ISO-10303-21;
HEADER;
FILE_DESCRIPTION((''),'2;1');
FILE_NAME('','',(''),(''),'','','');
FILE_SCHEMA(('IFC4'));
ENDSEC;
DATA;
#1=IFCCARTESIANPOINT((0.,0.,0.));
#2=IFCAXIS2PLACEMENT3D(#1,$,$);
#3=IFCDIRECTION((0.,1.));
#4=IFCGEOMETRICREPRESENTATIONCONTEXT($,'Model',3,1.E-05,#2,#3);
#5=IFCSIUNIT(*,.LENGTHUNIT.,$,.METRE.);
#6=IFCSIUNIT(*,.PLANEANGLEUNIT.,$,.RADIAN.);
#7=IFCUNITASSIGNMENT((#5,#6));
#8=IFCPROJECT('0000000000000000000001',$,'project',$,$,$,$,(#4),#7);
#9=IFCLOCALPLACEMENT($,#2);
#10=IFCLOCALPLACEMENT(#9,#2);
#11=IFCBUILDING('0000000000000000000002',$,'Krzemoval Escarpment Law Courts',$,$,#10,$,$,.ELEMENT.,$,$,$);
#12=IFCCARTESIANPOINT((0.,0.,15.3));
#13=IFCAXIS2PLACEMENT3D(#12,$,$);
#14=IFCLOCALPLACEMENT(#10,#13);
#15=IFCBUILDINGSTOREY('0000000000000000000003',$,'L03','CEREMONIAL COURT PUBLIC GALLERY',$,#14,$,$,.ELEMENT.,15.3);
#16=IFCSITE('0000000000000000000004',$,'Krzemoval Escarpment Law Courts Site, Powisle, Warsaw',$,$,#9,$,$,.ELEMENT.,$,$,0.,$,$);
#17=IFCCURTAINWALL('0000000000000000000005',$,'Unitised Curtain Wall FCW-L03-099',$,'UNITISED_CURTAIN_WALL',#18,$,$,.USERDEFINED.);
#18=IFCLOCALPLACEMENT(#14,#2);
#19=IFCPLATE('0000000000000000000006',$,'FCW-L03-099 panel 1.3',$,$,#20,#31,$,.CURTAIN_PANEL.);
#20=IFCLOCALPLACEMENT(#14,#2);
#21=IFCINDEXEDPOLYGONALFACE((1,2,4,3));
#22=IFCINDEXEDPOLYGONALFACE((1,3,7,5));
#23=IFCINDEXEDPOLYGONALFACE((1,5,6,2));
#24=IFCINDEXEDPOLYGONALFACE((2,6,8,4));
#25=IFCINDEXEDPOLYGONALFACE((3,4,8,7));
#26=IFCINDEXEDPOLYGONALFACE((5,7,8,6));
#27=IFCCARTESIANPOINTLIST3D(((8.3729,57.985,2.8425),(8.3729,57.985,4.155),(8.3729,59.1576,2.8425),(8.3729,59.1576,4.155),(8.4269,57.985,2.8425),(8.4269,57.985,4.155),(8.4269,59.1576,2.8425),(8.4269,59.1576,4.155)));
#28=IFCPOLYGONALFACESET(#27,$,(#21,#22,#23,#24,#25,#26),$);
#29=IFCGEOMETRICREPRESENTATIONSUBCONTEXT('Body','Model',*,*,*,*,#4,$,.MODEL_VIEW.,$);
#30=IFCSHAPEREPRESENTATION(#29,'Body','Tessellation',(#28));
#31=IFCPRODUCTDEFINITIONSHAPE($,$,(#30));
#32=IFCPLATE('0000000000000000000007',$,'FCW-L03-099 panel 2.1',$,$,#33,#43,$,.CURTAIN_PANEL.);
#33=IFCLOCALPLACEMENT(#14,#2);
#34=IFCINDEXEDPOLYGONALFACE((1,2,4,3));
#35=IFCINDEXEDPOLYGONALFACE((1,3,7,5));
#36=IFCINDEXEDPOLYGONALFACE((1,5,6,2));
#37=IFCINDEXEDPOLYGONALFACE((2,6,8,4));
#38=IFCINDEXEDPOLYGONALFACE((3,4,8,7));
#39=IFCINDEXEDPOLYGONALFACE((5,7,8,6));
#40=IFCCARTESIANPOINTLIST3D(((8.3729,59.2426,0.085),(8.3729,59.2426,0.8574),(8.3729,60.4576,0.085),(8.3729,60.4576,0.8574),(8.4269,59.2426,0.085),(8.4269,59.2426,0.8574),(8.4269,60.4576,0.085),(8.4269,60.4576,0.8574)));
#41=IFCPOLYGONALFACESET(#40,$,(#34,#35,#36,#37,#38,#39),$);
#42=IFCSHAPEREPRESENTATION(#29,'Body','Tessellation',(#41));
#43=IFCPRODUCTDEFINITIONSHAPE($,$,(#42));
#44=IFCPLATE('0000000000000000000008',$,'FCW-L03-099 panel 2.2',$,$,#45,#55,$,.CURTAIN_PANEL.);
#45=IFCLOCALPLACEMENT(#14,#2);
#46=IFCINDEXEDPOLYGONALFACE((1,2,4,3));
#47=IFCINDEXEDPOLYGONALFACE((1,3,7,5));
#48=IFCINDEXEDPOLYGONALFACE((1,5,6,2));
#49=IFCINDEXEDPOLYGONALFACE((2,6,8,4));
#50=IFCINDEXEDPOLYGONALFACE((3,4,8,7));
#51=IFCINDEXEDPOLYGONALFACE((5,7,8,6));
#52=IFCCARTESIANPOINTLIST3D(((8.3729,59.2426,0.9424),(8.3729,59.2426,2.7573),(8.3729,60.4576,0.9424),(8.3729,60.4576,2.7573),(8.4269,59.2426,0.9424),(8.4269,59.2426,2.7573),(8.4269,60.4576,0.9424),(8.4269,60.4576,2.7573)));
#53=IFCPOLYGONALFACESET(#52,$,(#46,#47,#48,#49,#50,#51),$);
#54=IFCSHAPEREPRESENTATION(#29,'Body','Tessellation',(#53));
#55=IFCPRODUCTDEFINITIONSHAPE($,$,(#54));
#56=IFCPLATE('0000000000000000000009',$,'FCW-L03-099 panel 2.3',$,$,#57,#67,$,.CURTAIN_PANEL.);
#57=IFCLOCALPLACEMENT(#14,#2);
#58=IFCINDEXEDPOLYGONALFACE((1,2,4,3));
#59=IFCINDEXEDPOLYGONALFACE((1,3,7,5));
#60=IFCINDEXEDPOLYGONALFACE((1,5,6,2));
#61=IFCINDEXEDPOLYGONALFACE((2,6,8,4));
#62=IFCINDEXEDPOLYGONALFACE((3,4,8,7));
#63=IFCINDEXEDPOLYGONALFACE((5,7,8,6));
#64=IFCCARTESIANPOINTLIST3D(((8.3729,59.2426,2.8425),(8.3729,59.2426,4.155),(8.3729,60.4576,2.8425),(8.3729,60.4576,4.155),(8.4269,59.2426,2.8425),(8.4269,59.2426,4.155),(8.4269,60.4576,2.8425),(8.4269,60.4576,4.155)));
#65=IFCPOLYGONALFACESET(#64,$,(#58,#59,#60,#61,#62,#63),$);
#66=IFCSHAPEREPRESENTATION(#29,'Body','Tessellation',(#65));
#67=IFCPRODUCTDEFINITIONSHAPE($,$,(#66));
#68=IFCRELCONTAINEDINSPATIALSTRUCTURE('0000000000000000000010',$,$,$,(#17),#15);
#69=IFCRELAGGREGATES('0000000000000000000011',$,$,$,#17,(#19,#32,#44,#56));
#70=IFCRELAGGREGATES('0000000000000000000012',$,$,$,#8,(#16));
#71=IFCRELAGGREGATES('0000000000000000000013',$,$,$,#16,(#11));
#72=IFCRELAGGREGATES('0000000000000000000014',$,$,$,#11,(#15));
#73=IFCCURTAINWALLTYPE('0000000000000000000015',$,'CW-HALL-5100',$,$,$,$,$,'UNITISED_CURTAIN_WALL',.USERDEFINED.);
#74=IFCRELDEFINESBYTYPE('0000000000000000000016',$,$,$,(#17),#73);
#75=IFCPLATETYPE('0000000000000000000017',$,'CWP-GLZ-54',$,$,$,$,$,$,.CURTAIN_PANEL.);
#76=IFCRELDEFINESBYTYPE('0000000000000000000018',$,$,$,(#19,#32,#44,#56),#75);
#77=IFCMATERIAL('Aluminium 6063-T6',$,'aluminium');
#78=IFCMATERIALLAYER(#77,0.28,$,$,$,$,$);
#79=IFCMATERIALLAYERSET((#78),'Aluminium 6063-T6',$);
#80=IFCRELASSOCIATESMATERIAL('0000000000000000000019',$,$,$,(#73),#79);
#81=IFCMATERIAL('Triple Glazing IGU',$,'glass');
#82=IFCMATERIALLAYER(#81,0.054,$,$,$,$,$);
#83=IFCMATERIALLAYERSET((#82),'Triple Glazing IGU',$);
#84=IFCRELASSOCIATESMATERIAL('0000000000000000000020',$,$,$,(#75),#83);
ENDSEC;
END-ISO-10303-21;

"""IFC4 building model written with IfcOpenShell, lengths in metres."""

from ifc_helpers import new_model, si_unit, direction, frame, origin, origin_2d, place, context, subcontext, project, spatial, rectangle, extrude, material, layer, layer_set, type_object, element, aggregate, save


model = new_model("IFC4")

# Units and contexts
model_context = context("Model", 3, precision=1e-05, world=origin(), true_north=direction((0.0, 1.0)))
body_context = subcontext(model_context, "Body", "Model", "MODEL_VIEW")
ifc_project = project(units=[si_unit("LENGTHUNIT", "METRE"), si_unit("PLANEANGLEUNIT", "RADIAN")], contexts=[model_context])

# Site, building, storey
site_placement = place(None, origin())
site = spatial("IfcSite", under=ifc_project, at=site_placement, Name="Krzemoval Escarpment Law Courts Site, Powisle, Warsaw", CompositionType="ELEMENT", RefElevation=0.0)
building_placement = place(site_placement, origin())
building = spatial("IfcBuilding", under=site, at=building_placement, Name="Krzemoval Escarpment Law Courts", CompositionType="ELEMENT")
storey_placement = place(building_placement, frame((0.0, 0.0, 15.3)))
storey = spatial("IfcBuildingStorey", under=building, at=storey_placement, Name="L03", Description="CEREMONIAL COURT PUBLIC GALLERY", CompositionType="ELEMENT", Elevation=15.3)

# Shared definitions
ifc_material_1 = material(Name="Aluminium 6063-T6", Category="aluminium")
ifc_layer_1 = layer(ifc_material_1, 0.28)
ifc_layer_set_1 = layer_set([ifc_layer_1], Name="Aluminium 6063-T6")
curtain_wall_type = type_object("IfcCurtainWallType", Name="CW-HALL-5100", ElementType="UNITISED_CURTAIN_WALL", PredefinedType="USERDEFINED", material=ifc_layer_set_1)

# Curtain wall
curtain_wall_1_placement = place(storey_placement, origin())
curtain_wall_1 = element("IfcCurtainWall", 1, at=curtain_wall_1_placement, inside=storey, type_object=curtain_wall_type, Name="Unitised Curtain Wall FCW-L03-099", ObjectType="UNITISED_CURTAIN_WALL", PredefinedType="USERDEFINED")

# Plates
ifc_material_2 = material(Name="Triple Glazing IGU", Category="glass")
ifc_layer_2 = layer(ifc_material_2, 0.054)
ifc_layer_set_2 = layer_set([ifc_layer_2], Name="Triple Glazing IGU")
plate_type = type_object("IfcPlateType", Name="CWP-GLZ-54", PredefinedType="CURTAIN_PANEL", material=ifc_layer_set_2)
plate_1_placement = place(storey_placement, frame((8.3999, 58.5713, 2.8425), z_axis=(0.0, 0.0, 1.0), x_axis=(0.0, 1.0, 0.0)))
plate_1 = element("IfcPlate", 2, at=plate_1_placement, type_object=plate_type, Name="FCW-L03-099 panel 1.3", PredefinedType="CURTAIN_PANEL", context=body_context, shape_type="SweptSolid", body=[
    extrude(rectangle(XDim=1.1726, YDim=0.054, at=origin_2d()), origin(), (0.0, 0.0, 1.0), 1.3125),
])
plate_2_placement = place(storey_placement, frame((8.3999, 59.8501, 0.085), z_axis=(0.0, 0.0, 1.0), x_axis=(0.0, 1.0, 0.0)))
plate_2 = element("IfcPlate", 3, at=plate_2_placement, type_object=plate_type, Name="FCW-L03-099 panel 2.1", PredefinedType="CURTAIN_PANEL", context=body_context, shape_type="SweptSolid", body=[
    extrude(rectangle(XDim=1.2151, YDim=0.054, at=origin_2d()), origin(), (0.0, 0.0, 1.0), 0.7725),
])
plate_3_placement = place(storey_placement, frame((8.3999, 59.8501, 0.9424), z_axis=(0.0, 0.0, 1.0), x_axis=(0.0, 1.0, 0.0)))
plate_3 = element("IfcPlate", 4, at=plate_3_placement, type_object=plate_type, Name="FCW-L03-099 panel 2.2", PredefinedType="CURTAIN_PANEL", context=body_context, shape_type="SweptSolid", body=[
    extrude(rectangle(XDim=1.2151, YDim=0.054, at=origin_2d()), origin(), (0.0, 0.0, 1.0), 1.8149),
])
plate_4_placement = place(storey_placement, frame((8.3999, 59.8501, 2.8425), z_axis=(0.0, 0.0, 1.0), x_axis=(0.0, 1.0, 0.0)))
plate_4 = element("IfcPlate", 5, at=plate_4_placement, type_object=plate_type, Name="FCW-L03-099 panel 2.3", PredefinedType="CURTAIN_PANEL", context=body_context, shape_type="SweptSolid", body=[
    extrude(rectangle(XDim=1.2151, YDim=0.054, at=origin_2d()), origin(), (0.0, 0.0, 1.0), 1.3125),
])
aggregate(curtain_wall_1, [plate_1, plate_2, plate_3, plate_4])

save(model, "model.ifc")
